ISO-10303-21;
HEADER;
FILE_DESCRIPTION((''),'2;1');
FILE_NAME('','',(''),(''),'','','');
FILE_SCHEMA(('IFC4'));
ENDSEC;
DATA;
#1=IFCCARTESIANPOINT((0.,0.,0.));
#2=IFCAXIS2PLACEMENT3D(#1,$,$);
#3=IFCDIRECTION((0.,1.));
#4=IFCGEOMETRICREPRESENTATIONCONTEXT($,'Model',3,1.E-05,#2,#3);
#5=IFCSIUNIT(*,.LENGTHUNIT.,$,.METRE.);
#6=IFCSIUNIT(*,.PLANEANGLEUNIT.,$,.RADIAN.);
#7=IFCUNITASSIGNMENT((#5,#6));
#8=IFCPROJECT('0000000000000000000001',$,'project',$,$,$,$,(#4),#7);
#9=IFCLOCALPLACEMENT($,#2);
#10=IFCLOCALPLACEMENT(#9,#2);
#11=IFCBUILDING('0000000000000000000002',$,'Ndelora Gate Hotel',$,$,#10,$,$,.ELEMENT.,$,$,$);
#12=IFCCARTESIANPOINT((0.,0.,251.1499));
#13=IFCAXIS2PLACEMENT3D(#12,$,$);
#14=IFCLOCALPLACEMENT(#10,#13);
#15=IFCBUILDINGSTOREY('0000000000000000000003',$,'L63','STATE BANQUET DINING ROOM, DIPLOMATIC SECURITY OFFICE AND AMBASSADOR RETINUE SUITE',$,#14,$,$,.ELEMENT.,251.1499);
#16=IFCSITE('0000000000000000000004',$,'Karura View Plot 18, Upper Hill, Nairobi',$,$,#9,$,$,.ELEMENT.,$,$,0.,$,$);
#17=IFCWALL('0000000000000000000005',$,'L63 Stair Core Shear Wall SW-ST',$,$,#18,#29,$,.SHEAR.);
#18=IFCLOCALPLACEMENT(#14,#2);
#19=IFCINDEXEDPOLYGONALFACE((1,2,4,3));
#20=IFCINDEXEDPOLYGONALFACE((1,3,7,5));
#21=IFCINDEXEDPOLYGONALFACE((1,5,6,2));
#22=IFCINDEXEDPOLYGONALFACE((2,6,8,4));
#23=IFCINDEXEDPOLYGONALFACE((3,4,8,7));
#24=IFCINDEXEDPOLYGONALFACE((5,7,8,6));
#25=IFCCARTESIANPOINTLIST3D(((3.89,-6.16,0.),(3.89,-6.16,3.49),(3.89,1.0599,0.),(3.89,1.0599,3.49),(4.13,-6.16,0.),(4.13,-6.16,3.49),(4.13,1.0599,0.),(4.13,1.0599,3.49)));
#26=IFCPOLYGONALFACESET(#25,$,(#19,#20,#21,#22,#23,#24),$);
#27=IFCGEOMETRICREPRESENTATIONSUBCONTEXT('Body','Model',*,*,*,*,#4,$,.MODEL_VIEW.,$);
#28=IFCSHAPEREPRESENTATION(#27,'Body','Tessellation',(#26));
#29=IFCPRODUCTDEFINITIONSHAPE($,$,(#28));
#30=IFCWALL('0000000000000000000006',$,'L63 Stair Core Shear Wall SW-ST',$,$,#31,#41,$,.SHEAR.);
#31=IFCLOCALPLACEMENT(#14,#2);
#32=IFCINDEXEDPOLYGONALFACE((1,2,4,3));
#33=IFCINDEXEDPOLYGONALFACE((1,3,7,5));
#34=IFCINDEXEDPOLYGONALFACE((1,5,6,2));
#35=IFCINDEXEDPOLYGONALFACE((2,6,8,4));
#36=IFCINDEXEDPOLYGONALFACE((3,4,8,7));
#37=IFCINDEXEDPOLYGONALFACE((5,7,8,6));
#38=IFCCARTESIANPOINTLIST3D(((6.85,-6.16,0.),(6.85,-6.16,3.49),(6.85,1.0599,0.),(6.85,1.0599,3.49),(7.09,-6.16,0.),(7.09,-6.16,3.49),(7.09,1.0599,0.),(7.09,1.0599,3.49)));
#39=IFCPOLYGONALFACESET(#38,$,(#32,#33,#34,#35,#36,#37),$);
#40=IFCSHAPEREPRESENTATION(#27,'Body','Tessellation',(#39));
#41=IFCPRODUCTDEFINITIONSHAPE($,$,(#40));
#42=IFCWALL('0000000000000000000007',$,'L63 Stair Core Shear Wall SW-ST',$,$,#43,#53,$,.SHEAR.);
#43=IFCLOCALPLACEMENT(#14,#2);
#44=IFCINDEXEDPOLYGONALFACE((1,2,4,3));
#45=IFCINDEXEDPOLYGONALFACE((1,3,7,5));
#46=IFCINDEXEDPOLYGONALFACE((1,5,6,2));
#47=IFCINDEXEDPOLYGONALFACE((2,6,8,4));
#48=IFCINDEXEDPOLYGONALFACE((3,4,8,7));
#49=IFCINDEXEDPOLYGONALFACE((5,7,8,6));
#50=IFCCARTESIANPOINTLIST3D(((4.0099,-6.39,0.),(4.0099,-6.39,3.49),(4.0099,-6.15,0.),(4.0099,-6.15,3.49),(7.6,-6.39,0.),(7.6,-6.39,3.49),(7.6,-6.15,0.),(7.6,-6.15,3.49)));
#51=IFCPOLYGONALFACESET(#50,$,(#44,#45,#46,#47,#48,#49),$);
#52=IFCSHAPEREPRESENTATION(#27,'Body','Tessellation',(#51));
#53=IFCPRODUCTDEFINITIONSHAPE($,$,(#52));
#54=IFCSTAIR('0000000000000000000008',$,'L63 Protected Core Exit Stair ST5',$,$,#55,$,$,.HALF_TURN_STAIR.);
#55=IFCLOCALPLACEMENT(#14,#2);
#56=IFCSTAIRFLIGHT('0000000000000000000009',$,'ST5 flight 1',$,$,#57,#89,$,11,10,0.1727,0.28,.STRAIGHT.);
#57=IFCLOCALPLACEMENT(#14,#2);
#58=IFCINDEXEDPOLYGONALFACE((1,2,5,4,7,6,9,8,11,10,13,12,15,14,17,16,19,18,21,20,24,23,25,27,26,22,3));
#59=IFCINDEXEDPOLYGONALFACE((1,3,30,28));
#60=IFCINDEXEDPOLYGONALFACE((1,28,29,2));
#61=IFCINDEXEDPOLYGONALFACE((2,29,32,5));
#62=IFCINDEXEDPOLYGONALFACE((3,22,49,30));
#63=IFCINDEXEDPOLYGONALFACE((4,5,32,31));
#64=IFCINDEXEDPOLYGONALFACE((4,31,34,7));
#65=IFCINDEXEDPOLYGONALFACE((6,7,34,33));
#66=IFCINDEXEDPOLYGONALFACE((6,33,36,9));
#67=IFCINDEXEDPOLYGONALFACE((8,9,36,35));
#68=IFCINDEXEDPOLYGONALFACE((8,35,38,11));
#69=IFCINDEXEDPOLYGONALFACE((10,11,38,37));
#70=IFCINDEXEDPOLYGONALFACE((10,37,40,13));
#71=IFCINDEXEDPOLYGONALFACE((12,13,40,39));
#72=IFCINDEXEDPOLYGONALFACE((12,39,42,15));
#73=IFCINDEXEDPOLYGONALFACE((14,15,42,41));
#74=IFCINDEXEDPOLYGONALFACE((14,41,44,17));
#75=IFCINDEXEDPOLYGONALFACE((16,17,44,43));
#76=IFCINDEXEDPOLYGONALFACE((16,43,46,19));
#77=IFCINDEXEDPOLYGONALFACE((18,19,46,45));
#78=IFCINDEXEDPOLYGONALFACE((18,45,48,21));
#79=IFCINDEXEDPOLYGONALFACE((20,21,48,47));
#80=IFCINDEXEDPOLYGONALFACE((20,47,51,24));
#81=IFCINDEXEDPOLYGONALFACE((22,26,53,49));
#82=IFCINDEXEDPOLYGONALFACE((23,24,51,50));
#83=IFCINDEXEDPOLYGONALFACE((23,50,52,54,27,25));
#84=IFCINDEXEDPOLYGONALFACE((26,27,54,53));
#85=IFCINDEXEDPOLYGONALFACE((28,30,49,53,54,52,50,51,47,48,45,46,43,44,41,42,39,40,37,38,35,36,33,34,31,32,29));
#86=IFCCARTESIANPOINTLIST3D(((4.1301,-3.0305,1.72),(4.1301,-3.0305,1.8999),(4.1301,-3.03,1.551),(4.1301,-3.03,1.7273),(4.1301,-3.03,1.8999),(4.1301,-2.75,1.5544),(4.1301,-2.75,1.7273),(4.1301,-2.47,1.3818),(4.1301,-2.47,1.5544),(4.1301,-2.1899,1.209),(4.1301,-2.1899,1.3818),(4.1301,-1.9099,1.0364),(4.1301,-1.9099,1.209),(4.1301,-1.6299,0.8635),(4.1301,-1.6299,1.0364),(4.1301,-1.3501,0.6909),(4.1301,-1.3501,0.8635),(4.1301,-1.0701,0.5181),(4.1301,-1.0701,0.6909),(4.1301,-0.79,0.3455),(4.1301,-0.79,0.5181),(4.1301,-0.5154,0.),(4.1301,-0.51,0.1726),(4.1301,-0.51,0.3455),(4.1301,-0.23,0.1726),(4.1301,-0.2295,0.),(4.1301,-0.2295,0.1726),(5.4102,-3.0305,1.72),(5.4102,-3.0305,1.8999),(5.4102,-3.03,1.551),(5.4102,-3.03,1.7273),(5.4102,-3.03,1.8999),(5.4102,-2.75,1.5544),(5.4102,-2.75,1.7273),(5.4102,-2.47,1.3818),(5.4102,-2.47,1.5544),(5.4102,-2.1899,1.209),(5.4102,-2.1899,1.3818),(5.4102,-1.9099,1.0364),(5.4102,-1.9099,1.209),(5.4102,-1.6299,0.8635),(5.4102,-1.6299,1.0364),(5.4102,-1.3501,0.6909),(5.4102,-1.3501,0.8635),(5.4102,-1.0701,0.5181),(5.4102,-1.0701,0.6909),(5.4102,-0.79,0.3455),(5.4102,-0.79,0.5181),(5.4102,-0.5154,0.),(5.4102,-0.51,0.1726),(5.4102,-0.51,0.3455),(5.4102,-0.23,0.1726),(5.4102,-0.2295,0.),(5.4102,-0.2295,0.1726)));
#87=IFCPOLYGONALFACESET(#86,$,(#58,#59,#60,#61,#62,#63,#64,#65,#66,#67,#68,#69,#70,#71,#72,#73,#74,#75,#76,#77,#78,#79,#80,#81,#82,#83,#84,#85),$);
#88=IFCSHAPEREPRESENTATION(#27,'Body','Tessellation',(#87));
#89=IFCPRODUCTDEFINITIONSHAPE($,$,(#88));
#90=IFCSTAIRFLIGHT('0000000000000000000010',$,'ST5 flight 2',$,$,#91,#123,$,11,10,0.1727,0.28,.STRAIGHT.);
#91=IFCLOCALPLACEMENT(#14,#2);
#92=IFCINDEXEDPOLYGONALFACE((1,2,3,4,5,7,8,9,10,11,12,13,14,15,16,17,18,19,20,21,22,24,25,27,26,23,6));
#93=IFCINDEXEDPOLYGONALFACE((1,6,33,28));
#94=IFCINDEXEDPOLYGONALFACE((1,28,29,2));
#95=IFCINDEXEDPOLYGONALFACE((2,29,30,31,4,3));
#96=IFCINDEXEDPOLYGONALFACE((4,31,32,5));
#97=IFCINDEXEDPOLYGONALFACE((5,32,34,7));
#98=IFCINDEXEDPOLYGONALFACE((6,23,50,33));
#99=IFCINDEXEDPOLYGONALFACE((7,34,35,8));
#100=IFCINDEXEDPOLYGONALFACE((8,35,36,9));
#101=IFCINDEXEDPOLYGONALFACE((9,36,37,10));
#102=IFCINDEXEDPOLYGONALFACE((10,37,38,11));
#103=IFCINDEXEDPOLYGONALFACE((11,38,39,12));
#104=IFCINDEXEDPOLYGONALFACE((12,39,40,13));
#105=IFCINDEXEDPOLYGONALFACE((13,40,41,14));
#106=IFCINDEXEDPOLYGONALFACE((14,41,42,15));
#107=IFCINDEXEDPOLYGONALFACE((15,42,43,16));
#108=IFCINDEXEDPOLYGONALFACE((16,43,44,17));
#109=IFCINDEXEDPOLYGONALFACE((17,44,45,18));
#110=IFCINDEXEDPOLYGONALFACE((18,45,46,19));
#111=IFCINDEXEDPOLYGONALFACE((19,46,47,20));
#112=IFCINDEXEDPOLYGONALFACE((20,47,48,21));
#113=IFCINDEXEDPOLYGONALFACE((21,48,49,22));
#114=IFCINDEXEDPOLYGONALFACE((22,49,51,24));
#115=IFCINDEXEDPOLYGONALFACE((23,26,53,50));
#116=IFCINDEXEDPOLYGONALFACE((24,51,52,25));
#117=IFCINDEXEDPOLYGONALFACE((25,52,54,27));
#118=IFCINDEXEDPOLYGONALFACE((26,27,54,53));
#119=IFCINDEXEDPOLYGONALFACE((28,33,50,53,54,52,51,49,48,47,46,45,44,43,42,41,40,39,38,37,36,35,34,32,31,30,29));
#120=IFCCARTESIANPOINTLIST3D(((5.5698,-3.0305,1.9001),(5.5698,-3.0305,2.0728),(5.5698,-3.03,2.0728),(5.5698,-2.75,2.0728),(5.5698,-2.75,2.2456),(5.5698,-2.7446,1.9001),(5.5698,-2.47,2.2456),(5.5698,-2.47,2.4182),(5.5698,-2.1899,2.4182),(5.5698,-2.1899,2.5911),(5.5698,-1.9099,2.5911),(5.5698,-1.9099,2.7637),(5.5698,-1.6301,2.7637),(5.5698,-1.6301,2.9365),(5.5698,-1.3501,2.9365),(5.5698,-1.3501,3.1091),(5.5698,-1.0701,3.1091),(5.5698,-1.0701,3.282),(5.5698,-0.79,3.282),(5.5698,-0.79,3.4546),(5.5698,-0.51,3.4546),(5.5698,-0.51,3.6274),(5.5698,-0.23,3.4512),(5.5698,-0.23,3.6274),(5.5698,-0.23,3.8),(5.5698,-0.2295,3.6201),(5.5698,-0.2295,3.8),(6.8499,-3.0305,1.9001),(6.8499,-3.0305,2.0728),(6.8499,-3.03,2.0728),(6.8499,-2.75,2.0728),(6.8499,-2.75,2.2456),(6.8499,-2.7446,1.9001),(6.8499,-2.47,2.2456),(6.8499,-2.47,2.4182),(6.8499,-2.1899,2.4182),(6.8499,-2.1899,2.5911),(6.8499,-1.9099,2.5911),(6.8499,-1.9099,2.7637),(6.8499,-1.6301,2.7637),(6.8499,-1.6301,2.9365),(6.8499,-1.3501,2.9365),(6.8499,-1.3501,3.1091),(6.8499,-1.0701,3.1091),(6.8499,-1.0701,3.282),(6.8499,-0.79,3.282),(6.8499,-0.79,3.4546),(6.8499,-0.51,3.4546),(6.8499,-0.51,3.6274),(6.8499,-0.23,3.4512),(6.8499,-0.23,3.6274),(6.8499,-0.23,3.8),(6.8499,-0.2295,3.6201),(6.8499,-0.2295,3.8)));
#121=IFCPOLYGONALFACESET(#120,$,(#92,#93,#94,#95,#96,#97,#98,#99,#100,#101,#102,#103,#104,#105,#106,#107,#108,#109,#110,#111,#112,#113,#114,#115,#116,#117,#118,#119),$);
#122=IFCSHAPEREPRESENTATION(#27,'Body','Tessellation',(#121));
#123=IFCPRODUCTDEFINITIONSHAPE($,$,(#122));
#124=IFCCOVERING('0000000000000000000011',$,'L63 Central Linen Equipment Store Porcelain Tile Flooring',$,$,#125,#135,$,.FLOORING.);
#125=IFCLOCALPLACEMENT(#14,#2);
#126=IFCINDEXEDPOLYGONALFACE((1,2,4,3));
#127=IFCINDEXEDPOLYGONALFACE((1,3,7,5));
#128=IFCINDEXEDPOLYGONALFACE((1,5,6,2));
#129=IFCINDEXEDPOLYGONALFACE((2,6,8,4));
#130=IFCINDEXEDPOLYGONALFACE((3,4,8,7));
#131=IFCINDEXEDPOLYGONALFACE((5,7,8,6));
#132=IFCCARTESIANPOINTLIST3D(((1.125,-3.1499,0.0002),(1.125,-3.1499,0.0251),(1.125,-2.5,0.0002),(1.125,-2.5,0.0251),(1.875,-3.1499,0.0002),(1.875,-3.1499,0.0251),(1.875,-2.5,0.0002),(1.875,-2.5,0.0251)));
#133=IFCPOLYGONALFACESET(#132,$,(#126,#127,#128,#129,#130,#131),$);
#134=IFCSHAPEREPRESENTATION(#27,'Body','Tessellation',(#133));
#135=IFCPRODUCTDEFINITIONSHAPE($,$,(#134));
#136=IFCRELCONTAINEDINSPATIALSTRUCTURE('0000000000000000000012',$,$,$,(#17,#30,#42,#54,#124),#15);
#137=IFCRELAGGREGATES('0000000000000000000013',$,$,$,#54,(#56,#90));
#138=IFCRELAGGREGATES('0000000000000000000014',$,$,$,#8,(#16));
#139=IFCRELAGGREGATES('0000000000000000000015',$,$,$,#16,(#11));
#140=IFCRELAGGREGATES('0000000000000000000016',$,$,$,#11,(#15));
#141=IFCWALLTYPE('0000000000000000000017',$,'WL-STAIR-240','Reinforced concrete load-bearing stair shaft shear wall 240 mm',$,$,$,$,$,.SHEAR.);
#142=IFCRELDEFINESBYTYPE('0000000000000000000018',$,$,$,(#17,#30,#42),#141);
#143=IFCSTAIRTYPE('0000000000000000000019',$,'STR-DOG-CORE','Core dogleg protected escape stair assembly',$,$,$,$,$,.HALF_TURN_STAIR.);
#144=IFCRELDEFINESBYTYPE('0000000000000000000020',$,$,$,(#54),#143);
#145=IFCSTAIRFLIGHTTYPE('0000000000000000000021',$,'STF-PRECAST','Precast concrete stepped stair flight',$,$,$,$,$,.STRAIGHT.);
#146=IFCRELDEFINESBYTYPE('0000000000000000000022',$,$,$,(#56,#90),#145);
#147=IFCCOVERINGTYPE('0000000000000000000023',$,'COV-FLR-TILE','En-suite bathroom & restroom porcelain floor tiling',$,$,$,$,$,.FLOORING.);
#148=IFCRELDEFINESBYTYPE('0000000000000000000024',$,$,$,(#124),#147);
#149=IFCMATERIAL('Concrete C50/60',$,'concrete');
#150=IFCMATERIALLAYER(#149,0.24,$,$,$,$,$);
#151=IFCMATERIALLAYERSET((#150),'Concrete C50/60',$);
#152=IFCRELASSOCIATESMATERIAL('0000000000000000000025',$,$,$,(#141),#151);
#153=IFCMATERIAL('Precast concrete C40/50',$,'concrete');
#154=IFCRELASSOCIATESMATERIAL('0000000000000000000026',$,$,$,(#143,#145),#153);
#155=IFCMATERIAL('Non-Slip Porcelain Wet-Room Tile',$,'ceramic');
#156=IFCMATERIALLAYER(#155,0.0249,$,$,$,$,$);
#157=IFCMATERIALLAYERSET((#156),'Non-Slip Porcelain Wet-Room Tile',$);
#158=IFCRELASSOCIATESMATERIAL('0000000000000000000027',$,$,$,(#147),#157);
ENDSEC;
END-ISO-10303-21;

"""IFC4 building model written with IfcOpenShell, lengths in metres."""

from ifc_helpers import new_model, si_unit, direction, frame, frame_2d, origin, origin_2d, place, context, subcontext, project, spatial, polyline, rectangle, outline, extrude, material, layer, layer_set, type_object, element, aggregate, save


model = new_model("IFC4")

# Units and contexts
model_context = context("Model", 3, precision=1e-05, world=origin(), true_north=direction((0.0, 1.0)))
body_context = subcontext(model_context, "Body", "Model", "MODEL_VIEW")
ifc_project = project(units=[si_unit("LENGTHUNIT", "METRE"), si_unit("PLANEANGLEUNIT", "RADIAN")], contexts=[model_context])

# Site, building, storey
site_placement = place(None, origin())
site = spatial("IfcSite", under=ifc_project, at=site_placement, Name="Karura View Plot 18, Upper Hill, Nairobi", CompositionType="ELEMENT", RefElevation=0.0)
building_placement = place(site_placement, origin())
building = spatial("IfcBuilding", under=site, at=building_placement, Name="Ndelora Gate Hotel", CompositionType="ELEMENT")
storey_placement = place(building_placement, frame((0.0, 0.0, 251.1499)))
storey = spatial("IfcBuildingStorey", under=building, at=storey_placement, Name="L63", Description="STATE BANQUET DINING ROOM, DIPLOMATIC SECURITY OFFICE AND AMBASSADOR RETINUE SUITE", CompositionType="ELEMENT", Elevation=251.1499)

# Walls
ifc_material_1 = material(Name="Concrete C50/60", Category="concrete")
ifc_layer_1 = layer(ifc_material_1, 0.24)
ifc_layer_set_1 = layer_set([ifc_layer_1], Name="Concrete C50/60")
wall_type = type_object("IfcWallType", Name="WL-STAIR-240", Description="Reinforced concrete load-bearing stair shaft shear wall 240 mm", PredefinedType="SHEAR", material=ifc_layer_set_1)
for number, where, z_axis, x_axis, name in (
    (1, (4.01, -6.1599, 0.0), (0.0, 0.0, 1.0), (0.0, 1.0, 0.0), "L63 Stair Core Shear Wall SW-ST"),
    (2, (6.97, -6.1599, 0.0), (0.0, 0.0, 1.0), (0.0, 1.0, 0.0), "L63 Stair Core Shear Wall SW-ST"),
):
    element("IfcWall", number, at=place(storey_placement, frame(where, z_axis=z_axis, x_axis=x_axis)), inside=storey, type_object=wall_type, Name=name, PredefinedType="SHEAR", context=body_context, shape_type="SweptSolid", body=[
        extrude(rectangle(XDim=7.22, YDim=0.24, at=frame_2d((3.6099, 0.0))), origin(), (0.0, 0.0, 1.0), 3.49),
    ])
wall_placement = place(storey_placement, frame((4.01, -6.27, 0.0), z_axis=(0.0, 0.0, 1.0), x_axis=(1.0, 0.0, 0.0)))
element("IfcWall", 3, at=wall_placement, inside=storey, type_object=wall_type, Name="L63 Stair Core Shear Wall SW-ST", PredefinedType="SHEAR", context=body_context, shape_type="SweptSolid", body=[
    extrude(rectangle(XDim=3.5901, YDim=0.24, at=frame_2d((1.7949, 0.0))), origin(), (0.0, 0.0, 1.0), 3.49),
])

# Stair, stair flights
ifc_material_2 = material(Name="Precast concrete C40/50", Category="concrete")
stair_type = type_object("IfcStairType", Name="STR-DOG-CORE", Description="Core dogleg protected escape stair assembly", PredefinedType="HALF_TURN_STAIR", material=ifc_material_2)
stair_placement = place(storey_placement, origin())
stair = element("IfcStair", 4, at=stair_placement, inside=storey, type_object=stair_type, Name="L63 Protected Core Exit Stair ST5", PredefinedType="HALF_TURN_STAIR")
stair_flight_type = type_object("IfcStairFlightType", Name="STF-PRECAST", Description="Precast concrete stepped stair flight", PredefinedType="STRAIGHT", material=ifc_material_2)
stair_flight_1_placement = place(storey_placement, frame((4.77, -0.23, 0.0), z_axis=(0.0, 0.0, 1.0), x_axis=(0.0, -1.0, 0.0)))
stair_flight_1 = element("IfcStairFlight", 5, at=stair_flight_1_placement, type_object=stair_flight_type, Name="ST5 flight 1", NumberOfRisers=11, NumberOfTreads=10, PredefinedType="STRAIGHT", RiserHeight=0.1727, TreadLength=0.28, context=body_context, shape_type="SweptSolid", body=[
    extrude(outline(polyline([(-0.0005, 0.0), (-0.0005, 0.1726), (0.0, 0.1726), (0.28, 0.1726), (0.28, 0.3455), (0.5601, 0.3455), (0.5601, 0.5181), (0.8401, 0.5181), (0.8401, 0.6909), (1.1201, 0.6909), (1.1201, 0.8635), (1.3999, 0.8635), (1.3999, 1.0364), (1.6799, 1.0364), (1.6799, 1.209), (1.96, 1.209), (1.96, 1.3818), (2.24, 1.3818), (2.24, 1.5544), (2.52, 1.5544), (2.52, 1.7273), (2.8, 1.7273), (2.8, 1.8999), (2.8005, 1.8999), (2.8005, 1.72), (2.8, 1.551), (0.2854, 0.0), (-0.0005, 0.0)])), frame((0.0, 0.6401, 0.0), z_axis=(0.0, -1.0, 0.0), x_axis=(1.0, 0.0, 0.0)), (0.0, 0.0, 1.0), 1.28),
])
stair_flight_2_placement = place(storey_placement, frame((6.21, -3.03, 1.9001), z_axis=(0.0, 0.0, 1.0), x_axis=(0.0, 1.0, 0.0)))
stair_flight_2 = element("IfcStairFlight", 6, at=stair_flight_2_placement, type_object=stair_flight_type, Name="ST5 flight 2", NumberOfRisers=11, NumberOfTreads=10, PredefinedType="STRAIGHT", RiserHeight=0.1727, TreadLength=0.28, context=body_context, shape_type="SweptSolid", body=[
    extrude(outline(polyline([(-0.0005, 0.0), (-0.0005, 0.1726), (0.0, 0.1726), (0.28, 0.1726), (0.28, 0.3455), (0.5601, 0.3455), (0.5601, 0.5181), (0.8401, 0.5181), (0.8401, 0.6909), (1.1201, 0.6909), (1.1201, 0.8635), (1.3999, 0.8635), (1.3999, 1.0364), (1.6799, 1.0364), (1.6799, 1.209), (1.96, 1.209), (1.96, 1.3818), (2.24, 1.3818), (2.24, 1.5544), (2.52, 1.5544), (2.52, 1.7273), (2.8, 1.7273), (2.8, 1.8999), (2.8005, 1.8999), (2.8005, 1.72), (2.8, 1.551), (0.2854, 0.0), (-0.0005, 0.0)])), frame((0.0, 0.6401, 0.0), z_axis=(0.0, -1.0, 0.0), x_axis=(1.0, 0.0, 0.0)), (0.0, 0.0, 1.0), 1.28),
])
aggregate(stair, [stair_flight_1, stair_flight_2])

# Covering
ifc_material_3 = material(Name="Non-Slip Porcelain Wet-Room Tile", Category="ceramic")
ifc_layer_2 = layer(ifc_material_3, 0.0249)
ifc_layer_set_2 = layer_set([ifc_layer_2], Name="Non-Slip Porcelain Wet-Room Tile")
covering_type = type_object("IfcCoveringType", Name="COV-FLR-TILE", Description="En-suite bathroom & restroom porcelain floor tiling", PredefinedType="FLOORING", material=ifc_layer_set_2)
covering_placement = place(storey_placement, frame((1.5, -2.825, 0.0002), z_axis=(0.0, 0.0, 1.0), x_axis=(1.0, 0.0, 0.0)))
element("IfcCovering", 7, at=covering_placement, inside=storey, type_object=covering_type, Name="L63 Central Linen Equipment Store Porcelain Tile Flooring", PredefinedType="FLOORING", context=body_context, shape_type="SweptSolid", body=[
    extrude(rectangle(XDim=0.75, YDim=0.6499, at=origin_2d()), origin(), (0.0, 0.0, 1.0), 0.0249),
])

save(model, "model.ifc")
